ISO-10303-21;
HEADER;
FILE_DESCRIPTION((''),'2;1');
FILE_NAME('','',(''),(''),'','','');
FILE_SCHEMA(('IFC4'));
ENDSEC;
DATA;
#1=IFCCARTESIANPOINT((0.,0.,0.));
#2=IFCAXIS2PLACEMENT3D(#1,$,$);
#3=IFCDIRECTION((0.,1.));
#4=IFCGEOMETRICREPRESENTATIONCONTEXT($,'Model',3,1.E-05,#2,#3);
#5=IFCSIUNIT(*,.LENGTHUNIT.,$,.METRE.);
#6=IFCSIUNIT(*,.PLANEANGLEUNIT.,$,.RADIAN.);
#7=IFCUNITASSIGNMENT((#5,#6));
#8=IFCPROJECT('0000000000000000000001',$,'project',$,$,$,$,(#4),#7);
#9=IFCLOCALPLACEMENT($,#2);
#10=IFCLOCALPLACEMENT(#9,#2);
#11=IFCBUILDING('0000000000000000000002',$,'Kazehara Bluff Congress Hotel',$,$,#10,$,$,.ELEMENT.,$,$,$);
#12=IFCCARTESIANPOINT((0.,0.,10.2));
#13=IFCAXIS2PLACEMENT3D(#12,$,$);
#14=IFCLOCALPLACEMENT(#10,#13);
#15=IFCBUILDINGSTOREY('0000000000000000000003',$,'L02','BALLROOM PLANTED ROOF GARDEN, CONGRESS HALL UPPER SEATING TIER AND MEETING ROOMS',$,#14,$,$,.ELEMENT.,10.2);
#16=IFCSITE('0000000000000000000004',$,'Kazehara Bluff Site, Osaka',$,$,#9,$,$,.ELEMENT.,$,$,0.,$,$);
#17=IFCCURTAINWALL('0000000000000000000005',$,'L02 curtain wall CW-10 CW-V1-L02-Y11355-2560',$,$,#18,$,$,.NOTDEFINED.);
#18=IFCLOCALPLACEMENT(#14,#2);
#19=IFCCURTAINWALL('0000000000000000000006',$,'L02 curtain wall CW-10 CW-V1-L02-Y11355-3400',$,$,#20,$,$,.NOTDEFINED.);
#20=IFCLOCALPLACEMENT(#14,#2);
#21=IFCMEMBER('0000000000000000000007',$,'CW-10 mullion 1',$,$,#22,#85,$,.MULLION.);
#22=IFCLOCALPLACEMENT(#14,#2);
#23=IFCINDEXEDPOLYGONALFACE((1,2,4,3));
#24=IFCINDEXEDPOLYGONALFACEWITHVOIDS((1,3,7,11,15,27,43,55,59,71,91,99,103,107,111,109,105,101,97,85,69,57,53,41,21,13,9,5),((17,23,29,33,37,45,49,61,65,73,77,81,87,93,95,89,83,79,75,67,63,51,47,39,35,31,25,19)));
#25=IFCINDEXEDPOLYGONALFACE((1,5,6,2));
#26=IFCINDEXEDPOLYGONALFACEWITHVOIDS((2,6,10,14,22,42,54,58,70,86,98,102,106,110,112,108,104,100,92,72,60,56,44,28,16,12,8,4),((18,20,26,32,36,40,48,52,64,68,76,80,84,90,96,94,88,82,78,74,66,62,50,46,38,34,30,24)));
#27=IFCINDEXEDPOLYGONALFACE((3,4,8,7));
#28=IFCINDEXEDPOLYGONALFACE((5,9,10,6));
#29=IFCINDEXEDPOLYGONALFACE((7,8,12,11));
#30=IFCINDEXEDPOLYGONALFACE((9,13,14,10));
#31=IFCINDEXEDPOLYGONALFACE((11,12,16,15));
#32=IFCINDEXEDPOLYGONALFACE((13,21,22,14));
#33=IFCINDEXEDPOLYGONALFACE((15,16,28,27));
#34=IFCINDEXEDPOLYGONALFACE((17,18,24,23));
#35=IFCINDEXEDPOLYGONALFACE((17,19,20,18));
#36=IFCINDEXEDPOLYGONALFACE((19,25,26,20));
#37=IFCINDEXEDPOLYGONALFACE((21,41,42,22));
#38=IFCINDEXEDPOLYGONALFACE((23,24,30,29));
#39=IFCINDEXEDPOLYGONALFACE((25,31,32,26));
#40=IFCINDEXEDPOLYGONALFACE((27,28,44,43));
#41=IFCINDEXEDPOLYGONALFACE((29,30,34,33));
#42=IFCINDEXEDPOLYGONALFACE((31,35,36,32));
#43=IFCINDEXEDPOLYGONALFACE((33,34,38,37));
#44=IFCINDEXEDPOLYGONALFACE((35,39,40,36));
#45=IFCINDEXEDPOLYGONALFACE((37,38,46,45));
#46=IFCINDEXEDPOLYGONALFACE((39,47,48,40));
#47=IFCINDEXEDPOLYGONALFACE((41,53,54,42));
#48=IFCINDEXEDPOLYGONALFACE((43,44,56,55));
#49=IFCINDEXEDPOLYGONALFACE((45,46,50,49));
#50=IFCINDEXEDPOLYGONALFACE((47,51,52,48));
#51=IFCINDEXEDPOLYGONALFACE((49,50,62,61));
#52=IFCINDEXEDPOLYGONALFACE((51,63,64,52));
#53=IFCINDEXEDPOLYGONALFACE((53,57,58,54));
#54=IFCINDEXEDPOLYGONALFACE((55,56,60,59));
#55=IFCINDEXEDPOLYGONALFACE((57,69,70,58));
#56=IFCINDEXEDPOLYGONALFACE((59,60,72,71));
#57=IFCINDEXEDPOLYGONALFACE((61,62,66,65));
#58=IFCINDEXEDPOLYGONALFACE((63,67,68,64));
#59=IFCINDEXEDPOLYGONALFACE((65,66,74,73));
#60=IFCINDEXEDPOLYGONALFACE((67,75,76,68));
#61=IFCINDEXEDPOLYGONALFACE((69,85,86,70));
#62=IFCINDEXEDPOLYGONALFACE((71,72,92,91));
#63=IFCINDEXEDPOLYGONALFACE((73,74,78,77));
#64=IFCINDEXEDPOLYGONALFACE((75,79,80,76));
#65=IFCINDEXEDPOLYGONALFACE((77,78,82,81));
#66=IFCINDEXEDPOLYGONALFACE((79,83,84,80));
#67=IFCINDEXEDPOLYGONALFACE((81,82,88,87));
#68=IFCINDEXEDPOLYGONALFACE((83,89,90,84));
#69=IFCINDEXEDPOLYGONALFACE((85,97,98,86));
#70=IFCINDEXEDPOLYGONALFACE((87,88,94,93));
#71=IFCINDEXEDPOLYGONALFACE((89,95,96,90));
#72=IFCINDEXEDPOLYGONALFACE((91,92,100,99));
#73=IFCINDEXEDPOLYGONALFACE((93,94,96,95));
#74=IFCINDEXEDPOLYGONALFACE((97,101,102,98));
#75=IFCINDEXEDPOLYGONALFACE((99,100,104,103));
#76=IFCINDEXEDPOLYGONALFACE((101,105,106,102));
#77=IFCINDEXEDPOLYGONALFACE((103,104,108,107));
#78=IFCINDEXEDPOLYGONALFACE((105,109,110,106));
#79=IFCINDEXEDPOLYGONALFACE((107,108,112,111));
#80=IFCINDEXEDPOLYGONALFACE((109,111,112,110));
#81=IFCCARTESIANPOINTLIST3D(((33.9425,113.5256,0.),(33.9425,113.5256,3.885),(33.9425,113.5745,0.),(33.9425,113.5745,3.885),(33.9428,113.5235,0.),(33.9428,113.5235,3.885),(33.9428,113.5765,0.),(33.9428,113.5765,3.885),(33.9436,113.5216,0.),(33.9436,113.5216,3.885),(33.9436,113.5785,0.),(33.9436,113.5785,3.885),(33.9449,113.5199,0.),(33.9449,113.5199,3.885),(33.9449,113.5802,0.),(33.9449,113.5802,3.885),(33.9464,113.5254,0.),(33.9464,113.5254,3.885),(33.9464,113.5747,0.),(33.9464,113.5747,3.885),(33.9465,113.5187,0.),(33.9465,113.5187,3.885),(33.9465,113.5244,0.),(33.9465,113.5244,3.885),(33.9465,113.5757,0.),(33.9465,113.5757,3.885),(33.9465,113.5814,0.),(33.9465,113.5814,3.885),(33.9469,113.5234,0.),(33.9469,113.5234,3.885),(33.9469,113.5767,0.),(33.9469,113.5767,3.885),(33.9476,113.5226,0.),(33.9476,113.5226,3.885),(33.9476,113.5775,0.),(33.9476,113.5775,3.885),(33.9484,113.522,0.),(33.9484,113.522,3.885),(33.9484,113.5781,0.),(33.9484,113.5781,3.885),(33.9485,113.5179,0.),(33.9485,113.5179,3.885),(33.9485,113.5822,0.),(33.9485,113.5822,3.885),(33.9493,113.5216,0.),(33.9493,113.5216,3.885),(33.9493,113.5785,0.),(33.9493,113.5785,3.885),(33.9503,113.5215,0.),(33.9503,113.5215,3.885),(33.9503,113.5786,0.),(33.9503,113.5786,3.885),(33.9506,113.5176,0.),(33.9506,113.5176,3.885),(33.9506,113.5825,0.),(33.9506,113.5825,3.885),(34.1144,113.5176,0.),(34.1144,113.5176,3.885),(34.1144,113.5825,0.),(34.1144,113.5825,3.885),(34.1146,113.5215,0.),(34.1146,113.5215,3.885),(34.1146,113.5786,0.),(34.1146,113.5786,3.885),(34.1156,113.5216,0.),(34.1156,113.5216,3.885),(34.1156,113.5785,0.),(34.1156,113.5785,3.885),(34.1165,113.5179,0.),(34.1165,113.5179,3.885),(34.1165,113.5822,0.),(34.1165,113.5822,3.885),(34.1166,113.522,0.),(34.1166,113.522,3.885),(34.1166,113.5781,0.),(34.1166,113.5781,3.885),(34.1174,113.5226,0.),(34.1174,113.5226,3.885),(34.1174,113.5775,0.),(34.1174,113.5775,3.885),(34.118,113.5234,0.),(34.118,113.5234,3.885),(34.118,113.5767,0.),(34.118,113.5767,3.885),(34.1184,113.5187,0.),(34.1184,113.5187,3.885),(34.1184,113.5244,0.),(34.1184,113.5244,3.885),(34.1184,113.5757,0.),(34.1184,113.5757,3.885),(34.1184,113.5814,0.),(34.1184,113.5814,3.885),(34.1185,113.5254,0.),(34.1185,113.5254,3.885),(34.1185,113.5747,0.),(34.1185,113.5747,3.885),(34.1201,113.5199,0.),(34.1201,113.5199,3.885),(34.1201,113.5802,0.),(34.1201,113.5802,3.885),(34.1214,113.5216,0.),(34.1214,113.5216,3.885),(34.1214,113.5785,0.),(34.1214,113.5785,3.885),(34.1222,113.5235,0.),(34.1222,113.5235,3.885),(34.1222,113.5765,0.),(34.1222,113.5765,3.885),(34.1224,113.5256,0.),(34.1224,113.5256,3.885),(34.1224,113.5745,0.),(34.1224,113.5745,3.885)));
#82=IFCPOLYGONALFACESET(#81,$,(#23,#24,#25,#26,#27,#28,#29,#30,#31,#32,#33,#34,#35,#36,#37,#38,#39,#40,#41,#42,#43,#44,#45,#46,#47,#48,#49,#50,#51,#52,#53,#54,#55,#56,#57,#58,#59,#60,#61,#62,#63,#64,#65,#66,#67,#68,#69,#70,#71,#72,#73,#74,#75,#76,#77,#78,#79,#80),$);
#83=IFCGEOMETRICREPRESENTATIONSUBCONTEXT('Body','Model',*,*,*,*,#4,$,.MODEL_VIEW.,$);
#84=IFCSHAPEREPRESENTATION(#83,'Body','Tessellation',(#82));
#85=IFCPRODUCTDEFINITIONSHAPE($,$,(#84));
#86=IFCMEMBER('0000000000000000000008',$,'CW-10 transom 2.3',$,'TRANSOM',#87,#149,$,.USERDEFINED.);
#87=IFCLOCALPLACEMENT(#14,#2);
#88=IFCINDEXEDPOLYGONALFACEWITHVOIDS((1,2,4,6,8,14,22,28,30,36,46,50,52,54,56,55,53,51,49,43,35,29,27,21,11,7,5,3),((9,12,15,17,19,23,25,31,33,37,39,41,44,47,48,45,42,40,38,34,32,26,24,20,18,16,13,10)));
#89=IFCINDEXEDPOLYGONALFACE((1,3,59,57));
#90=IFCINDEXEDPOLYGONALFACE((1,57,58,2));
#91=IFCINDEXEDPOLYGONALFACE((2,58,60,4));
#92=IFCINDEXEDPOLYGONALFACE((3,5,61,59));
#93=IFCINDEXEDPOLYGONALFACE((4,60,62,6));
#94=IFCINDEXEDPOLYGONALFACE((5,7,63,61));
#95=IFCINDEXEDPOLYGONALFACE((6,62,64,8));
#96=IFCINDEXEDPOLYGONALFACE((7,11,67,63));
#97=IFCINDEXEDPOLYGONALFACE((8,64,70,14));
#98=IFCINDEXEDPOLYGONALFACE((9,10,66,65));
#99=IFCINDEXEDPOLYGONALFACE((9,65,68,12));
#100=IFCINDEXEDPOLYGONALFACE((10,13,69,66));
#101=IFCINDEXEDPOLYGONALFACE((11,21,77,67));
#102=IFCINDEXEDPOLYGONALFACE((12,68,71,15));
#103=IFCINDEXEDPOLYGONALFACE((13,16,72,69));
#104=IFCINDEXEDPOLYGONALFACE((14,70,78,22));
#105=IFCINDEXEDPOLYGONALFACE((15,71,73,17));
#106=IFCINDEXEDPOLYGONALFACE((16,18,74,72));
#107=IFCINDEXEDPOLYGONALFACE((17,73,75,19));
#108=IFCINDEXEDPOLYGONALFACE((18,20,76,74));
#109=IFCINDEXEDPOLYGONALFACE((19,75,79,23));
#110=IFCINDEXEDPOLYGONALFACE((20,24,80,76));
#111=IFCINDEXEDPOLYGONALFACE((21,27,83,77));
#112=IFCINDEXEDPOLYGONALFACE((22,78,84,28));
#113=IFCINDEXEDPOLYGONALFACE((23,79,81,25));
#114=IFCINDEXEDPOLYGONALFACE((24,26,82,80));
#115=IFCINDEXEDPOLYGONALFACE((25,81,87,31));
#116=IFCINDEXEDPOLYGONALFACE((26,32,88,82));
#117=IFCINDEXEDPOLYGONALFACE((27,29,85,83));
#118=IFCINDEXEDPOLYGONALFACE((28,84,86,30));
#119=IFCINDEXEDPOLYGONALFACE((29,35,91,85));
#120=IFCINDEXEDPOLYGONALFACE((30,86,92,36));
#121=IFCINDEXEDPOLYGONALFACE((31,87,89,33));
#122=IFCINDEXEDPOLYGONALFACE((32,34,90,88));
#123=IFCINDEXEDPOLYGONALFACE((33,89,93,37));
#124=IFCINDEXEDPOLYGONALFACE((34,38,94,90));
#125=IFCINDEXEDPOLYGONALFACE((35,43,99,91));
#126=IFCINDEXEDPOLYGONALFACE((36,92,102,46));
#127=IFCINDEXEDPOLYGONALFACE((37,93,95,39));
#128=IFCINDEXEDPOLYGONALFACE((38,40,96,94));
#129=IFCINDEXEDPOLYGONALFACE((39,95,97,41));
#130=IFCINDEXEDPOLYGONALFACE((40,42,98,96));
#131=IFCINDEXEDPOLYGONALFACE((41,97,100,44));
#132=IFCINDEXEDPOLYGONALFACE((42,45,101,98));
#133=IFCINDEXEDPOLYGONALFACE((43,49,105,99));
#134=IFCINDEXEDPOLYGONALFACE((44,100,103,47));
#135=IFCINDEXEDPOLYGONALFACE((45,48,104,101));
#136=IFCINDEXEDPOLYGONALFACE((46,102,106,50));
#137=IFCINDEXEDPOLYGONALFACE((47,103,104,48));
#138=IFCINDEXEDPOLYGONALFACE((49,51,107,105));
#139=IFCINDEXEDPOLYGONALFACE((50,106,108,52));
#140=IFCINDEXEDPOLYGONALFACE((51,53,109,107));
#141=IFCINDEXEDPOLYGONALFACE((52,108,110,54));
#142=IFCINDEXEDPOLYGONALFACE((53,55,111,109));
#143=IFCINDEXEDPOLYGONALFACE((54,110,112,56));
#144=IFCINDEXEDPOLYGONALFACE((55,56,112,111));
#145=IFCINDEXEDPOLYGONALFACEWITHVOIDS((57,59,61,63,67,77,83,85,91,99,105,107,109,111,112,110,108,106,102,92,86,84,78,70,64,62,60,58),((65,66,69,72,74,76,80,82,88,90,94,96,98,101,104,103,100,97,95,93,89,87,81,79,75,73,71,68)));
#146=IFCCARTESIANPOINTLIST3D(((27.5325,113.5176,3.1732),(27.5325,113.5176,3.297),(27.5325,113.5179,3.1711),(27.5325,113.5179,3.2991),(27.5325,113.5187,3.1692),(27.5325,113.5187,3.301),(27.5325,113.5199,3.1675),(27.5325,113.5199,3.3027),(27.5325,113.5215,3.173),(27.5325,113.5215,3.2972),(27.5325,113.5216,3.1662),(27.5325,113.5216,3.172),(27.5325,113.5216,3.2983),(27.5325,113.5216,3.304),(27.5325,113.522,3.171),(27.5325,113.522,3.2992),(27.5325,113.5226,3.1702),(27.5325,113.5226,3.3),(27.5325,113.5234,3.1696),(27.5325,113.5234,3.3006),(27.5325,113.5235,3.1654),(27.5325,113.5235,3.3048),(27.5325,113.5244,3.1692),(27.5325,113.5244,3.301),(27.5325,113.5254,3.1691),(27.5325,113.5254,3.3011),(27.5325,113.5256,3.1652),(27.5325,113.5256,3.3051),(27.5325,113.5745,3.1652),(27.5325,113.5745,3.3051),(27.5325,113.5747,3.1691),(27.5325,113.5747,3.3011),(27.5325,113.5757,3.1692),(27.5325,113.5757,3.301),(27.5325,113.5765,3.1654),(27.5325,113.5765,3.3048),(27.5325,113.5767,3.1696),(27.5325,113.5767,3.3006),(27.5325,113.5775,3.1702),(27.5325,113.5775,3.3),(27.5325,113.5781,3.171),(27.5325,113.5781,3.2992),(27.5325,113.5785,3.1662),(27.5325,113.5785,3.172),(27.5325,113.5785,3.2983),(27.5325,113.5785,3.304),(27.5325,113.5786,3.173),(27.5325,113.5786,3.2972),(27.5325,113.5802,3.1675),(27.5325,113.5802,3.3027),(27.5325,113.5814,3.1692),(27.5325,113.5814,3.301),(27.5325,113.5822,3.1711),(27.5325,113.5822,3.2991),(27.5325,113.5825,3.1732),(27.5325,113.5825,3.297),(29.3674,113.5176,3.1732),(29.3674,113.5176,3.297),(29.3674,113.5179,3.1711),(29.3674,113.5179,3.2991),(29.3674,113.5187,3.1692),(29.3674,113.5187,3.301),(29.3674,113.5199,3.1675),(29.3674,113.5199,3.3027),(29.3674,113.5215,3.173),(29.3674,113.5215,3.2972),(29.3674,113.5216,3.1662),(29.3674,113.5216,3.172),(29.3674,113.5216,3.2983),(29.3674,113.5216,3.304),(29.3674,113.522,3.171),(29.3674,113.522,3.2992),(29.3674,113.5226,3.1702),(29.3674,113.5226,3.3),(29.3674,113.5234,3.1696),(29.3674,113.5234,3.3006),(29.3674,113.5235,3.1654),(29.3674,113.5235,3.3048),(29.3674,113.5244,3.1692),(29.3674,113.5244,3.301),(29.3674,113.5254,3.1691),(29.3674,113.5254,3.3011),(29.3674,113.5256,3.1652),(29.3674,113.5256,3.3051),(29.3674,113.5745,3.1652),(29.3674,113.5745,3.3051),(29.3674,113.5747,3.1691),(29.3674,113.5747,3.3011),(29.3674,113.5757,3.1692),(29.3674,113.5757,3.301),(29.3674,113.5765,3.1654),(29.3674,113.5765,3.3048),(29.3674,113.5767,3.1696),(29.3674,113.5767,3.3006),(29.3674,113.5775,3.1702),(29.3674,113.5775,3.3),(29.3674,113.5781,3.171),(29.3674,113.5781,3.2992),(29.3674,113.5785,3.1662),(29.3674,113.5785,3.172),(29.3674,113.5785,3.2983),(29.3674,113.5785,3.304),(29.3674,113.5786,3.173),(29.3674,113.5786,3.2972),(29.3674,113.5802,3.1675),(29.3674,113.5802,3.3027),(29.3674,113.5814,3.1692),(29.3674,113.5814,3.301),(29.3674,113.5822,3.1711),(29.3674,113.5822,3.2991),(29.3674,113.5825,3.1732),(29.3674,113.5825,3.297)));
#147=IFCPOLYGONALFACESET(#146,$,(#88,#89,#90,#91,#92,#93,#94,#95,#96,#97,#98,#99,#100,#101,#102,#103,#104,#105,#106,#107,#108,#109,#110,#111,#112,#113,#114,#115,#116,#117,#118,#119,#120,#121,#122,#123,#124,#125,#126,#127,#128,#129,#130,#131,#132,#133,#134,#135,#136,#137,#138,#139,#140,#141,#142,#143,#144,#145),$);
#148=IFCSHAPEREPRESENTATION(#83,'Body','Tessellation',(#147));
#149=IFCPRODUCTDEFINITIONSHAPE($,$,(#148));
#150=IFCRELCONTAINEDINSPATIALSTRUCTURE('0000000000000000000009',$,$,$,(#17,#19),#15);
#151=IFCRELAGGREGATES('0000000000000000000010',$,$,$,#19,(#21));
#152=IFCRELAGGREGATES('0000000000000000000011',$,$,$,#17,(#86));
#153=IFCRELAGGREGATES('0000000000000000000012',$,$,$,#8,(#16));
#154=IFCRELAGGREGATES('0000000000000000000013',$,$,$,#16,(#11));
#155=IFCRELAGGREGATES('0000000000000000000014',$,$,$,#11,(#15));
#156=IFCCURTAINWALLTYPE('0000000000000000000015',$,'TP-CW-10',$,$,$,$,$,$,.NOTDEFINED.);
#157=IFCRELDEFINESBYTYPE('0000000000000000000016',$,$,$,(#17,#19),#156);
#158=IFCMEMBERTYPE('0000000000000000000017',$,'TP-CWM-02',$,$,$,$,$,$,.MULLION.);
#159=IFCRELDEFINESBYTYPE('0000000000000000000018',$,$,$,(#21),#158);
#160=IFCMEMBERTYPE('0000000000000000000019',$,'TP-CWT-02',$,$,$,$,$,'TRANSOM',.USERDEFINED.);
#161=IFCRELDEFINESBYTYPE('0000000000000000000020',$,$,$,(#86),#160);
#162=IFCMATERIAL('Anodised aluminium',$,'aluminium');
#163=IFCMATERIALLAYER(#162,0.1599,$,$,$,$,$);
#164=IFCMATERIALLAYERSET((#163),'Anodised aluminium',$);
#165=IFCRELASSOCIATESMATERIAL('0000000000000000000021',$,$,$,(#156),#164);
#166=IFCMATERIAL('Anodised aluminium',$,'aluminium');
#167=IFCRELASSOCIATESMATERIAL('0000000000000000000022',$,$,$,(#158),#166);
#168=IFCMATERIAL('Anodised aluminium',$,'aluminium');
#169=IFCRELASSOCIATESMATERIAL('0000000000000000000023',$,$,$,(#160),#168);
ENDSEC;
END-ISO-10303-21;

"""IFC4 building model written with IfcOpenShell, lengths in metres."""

from ifc_helpers import new_model, si_unit, direction, frame, origin, origin_2d, place, context, subcontext, project, spatial, hollow_rectangle, extrude, material, layer, layer_set, material_profile, profile_set, type_object, element, aggregate, save


model = new_model("IFC4")

# Units and contexts
model_context = context("Model", 3, precision=1e-05, world=origin(), true_north=direction((0.0, 1.0)))
body_context = subcontext(model_context, "Body", "Model", "MODEL_VIEW")
ifc_project = project(units=[si_unit("LENGTHUNIT", "METRE"), si_unit("PLANEANGLEUNIT", "RADIAN")], contexts=[model_context])

# Site, building, storey
site_placement = place(None, origin())
site = spatial("IfcSite", under=ifc_project, at=site_placement, Name="Kazehara Bluff Site, Osaka", CompositionType="ELEMENT", RefElevation=0.0)
building_placement = place(site_placement, origin())
building = spatial("IfcBuilding", under=site, at=building_placement, Name="Kazehara Bluff Congress Hotel", CompositionType="ELEMENT")
storey_placement = place(building_placement, frame((0.0, 0.0, 10.2)))
storey = spatial("IfcBuildingStorey", under=building, at=storey_placement, Name="L02", Description="BALLROOM PLANTED ROOF GARDEN, CONGRESS HALL UPPER SEATING TIER AND MEETING ROOMS", CompositionType="ELEMENT", Elevation=10.2)

# Curtain wall
ifc_material_1 = material(Name="Anodised aluminium", Category="aluminium")
ifc_layer_1 = layer(ifc_material_1, 0.1599)
ifc_layer_set_1 = layer_set([ifc_layer_1], Name="Anodised aluminium")
curtain_wall_type = type_object("IfcCurtainWallType", Name="TP-CW-10", PredefinedType="NOTDEFINED", material=ifc_layer_set_1)
curtain_wall_1_placement = place(storey_placement, origin())
curtain_wall_1 = element("IfcCurtainWall", 1, at=curtain_wall_1_placement, inside=storey, type_object=curtain_wall_type, Name="L02 curtain wall CW-10 CW-V1-L02-Y11355-2560", PredefinedType="NOTDEFINED")
ifc_material_2 = material(Name="Anodised aluminium", Category="aluminium")
ifc_material_profile_1 = material_profile(ifc_material_2, hollow_rectangle(XDim=0.0649, YDim=0.1799, WallThickness=0.0039, InnerFilletRadius=0.0039, OuterFilletRadius=0.0081, at=origin_2d()))
ifc_profile_set_1 = profile_set([ifc_material_profile_1], Name="Anodised aluminium")
member_type_1 = type_object("IfcMemberType", Name="TP-CWM-02", PredefinedType="MULLION", material=ifc_profile_set_1)

# Curtain wall, member
curtain_wall_2_placement = place(storey_placement, origin())
curtain_wall_2 = element("IfcCurtainWall", 2, at=curtain_wall_2_placement, inside=storey, type_object=curtain_wall_type, Name="L02 curtain wall CW-10 CW-V1-L02-Y11355-3400", PredefinedType="NOTDEFINED")
member_1_placement = place(storey_placement, frame((34.0325, 113.55, 0.0), z_axis=(0.0, 0.0, 1.0), x_axis=(0.0, 1.0, 0.0)))
member_1 = element("IfcMember", 3, at=member_1_placement, type_object=member_type_1, Name="CW-10 mullion 1", PredefinedType="MULLION", context=body_context, shape_type="SweptSolid", body=[
    extrude(hollow_rectangle(XDim=0.0649, YDim=0.1799, WallThickness=0.0039, InnerFilletRadius=0.0039, OuterFilletRadius=0.0081, at=origin_2d()), origin(), (0.0, 0.0, 1.0), 3.885),
])

# Member
ifc_material_3 = material(Name="Anodised aluminium", Category="aluminium")
ifc_material_profile_2 = material_profile(ifc_material_3, hollow_rectangle(XDim=0.0649, YDim=0.1399, WallThickness=0.0039, InnerFilletRadius=0.0039, OuterFilletRadius=0.0081, at=origin_2d()))
ifc_profile_set_2 = profile_set([ifc_material_profile_2], Name="Anodised aluminium")
member_type_2 = type_object("IfcMemberType", Name="TP-CWT-02", ElementType="TRANSOM", PredefinedType="USERDEFINED", material=ifc_profile_set_2)
member_2_placement = place(storey_placement, frame((27.5325, 113.55, 3.2351), z_axis=(1.0, 0.0, 0.0), x_axis=(0.0, 1.0, 0.0)))
member_2 = element("IfcMember", 4, at=member_2_placement, type_object=member_type_2, Name="CW-10 transom 2.3", ObjectType="TRANSOM", PredefinedType="USERDEFINED", context=body_context, shape_type="SweptSolid", body=[
    extrude(hollow_rectangle(XDim=0.0649, YDim=0.1399, WallThickness=0.0039, InnerFilletRadius=0.0039, OuterFilletRadius=0.0081, at=origin_2d()), origin(), (0.0, 0.0, 1.0), 1.835),
])
aggregate(curtain_wall_2, [member_1])

aggregate(curtain_wall_1, [member_2])

save(model, "model.ifc")
